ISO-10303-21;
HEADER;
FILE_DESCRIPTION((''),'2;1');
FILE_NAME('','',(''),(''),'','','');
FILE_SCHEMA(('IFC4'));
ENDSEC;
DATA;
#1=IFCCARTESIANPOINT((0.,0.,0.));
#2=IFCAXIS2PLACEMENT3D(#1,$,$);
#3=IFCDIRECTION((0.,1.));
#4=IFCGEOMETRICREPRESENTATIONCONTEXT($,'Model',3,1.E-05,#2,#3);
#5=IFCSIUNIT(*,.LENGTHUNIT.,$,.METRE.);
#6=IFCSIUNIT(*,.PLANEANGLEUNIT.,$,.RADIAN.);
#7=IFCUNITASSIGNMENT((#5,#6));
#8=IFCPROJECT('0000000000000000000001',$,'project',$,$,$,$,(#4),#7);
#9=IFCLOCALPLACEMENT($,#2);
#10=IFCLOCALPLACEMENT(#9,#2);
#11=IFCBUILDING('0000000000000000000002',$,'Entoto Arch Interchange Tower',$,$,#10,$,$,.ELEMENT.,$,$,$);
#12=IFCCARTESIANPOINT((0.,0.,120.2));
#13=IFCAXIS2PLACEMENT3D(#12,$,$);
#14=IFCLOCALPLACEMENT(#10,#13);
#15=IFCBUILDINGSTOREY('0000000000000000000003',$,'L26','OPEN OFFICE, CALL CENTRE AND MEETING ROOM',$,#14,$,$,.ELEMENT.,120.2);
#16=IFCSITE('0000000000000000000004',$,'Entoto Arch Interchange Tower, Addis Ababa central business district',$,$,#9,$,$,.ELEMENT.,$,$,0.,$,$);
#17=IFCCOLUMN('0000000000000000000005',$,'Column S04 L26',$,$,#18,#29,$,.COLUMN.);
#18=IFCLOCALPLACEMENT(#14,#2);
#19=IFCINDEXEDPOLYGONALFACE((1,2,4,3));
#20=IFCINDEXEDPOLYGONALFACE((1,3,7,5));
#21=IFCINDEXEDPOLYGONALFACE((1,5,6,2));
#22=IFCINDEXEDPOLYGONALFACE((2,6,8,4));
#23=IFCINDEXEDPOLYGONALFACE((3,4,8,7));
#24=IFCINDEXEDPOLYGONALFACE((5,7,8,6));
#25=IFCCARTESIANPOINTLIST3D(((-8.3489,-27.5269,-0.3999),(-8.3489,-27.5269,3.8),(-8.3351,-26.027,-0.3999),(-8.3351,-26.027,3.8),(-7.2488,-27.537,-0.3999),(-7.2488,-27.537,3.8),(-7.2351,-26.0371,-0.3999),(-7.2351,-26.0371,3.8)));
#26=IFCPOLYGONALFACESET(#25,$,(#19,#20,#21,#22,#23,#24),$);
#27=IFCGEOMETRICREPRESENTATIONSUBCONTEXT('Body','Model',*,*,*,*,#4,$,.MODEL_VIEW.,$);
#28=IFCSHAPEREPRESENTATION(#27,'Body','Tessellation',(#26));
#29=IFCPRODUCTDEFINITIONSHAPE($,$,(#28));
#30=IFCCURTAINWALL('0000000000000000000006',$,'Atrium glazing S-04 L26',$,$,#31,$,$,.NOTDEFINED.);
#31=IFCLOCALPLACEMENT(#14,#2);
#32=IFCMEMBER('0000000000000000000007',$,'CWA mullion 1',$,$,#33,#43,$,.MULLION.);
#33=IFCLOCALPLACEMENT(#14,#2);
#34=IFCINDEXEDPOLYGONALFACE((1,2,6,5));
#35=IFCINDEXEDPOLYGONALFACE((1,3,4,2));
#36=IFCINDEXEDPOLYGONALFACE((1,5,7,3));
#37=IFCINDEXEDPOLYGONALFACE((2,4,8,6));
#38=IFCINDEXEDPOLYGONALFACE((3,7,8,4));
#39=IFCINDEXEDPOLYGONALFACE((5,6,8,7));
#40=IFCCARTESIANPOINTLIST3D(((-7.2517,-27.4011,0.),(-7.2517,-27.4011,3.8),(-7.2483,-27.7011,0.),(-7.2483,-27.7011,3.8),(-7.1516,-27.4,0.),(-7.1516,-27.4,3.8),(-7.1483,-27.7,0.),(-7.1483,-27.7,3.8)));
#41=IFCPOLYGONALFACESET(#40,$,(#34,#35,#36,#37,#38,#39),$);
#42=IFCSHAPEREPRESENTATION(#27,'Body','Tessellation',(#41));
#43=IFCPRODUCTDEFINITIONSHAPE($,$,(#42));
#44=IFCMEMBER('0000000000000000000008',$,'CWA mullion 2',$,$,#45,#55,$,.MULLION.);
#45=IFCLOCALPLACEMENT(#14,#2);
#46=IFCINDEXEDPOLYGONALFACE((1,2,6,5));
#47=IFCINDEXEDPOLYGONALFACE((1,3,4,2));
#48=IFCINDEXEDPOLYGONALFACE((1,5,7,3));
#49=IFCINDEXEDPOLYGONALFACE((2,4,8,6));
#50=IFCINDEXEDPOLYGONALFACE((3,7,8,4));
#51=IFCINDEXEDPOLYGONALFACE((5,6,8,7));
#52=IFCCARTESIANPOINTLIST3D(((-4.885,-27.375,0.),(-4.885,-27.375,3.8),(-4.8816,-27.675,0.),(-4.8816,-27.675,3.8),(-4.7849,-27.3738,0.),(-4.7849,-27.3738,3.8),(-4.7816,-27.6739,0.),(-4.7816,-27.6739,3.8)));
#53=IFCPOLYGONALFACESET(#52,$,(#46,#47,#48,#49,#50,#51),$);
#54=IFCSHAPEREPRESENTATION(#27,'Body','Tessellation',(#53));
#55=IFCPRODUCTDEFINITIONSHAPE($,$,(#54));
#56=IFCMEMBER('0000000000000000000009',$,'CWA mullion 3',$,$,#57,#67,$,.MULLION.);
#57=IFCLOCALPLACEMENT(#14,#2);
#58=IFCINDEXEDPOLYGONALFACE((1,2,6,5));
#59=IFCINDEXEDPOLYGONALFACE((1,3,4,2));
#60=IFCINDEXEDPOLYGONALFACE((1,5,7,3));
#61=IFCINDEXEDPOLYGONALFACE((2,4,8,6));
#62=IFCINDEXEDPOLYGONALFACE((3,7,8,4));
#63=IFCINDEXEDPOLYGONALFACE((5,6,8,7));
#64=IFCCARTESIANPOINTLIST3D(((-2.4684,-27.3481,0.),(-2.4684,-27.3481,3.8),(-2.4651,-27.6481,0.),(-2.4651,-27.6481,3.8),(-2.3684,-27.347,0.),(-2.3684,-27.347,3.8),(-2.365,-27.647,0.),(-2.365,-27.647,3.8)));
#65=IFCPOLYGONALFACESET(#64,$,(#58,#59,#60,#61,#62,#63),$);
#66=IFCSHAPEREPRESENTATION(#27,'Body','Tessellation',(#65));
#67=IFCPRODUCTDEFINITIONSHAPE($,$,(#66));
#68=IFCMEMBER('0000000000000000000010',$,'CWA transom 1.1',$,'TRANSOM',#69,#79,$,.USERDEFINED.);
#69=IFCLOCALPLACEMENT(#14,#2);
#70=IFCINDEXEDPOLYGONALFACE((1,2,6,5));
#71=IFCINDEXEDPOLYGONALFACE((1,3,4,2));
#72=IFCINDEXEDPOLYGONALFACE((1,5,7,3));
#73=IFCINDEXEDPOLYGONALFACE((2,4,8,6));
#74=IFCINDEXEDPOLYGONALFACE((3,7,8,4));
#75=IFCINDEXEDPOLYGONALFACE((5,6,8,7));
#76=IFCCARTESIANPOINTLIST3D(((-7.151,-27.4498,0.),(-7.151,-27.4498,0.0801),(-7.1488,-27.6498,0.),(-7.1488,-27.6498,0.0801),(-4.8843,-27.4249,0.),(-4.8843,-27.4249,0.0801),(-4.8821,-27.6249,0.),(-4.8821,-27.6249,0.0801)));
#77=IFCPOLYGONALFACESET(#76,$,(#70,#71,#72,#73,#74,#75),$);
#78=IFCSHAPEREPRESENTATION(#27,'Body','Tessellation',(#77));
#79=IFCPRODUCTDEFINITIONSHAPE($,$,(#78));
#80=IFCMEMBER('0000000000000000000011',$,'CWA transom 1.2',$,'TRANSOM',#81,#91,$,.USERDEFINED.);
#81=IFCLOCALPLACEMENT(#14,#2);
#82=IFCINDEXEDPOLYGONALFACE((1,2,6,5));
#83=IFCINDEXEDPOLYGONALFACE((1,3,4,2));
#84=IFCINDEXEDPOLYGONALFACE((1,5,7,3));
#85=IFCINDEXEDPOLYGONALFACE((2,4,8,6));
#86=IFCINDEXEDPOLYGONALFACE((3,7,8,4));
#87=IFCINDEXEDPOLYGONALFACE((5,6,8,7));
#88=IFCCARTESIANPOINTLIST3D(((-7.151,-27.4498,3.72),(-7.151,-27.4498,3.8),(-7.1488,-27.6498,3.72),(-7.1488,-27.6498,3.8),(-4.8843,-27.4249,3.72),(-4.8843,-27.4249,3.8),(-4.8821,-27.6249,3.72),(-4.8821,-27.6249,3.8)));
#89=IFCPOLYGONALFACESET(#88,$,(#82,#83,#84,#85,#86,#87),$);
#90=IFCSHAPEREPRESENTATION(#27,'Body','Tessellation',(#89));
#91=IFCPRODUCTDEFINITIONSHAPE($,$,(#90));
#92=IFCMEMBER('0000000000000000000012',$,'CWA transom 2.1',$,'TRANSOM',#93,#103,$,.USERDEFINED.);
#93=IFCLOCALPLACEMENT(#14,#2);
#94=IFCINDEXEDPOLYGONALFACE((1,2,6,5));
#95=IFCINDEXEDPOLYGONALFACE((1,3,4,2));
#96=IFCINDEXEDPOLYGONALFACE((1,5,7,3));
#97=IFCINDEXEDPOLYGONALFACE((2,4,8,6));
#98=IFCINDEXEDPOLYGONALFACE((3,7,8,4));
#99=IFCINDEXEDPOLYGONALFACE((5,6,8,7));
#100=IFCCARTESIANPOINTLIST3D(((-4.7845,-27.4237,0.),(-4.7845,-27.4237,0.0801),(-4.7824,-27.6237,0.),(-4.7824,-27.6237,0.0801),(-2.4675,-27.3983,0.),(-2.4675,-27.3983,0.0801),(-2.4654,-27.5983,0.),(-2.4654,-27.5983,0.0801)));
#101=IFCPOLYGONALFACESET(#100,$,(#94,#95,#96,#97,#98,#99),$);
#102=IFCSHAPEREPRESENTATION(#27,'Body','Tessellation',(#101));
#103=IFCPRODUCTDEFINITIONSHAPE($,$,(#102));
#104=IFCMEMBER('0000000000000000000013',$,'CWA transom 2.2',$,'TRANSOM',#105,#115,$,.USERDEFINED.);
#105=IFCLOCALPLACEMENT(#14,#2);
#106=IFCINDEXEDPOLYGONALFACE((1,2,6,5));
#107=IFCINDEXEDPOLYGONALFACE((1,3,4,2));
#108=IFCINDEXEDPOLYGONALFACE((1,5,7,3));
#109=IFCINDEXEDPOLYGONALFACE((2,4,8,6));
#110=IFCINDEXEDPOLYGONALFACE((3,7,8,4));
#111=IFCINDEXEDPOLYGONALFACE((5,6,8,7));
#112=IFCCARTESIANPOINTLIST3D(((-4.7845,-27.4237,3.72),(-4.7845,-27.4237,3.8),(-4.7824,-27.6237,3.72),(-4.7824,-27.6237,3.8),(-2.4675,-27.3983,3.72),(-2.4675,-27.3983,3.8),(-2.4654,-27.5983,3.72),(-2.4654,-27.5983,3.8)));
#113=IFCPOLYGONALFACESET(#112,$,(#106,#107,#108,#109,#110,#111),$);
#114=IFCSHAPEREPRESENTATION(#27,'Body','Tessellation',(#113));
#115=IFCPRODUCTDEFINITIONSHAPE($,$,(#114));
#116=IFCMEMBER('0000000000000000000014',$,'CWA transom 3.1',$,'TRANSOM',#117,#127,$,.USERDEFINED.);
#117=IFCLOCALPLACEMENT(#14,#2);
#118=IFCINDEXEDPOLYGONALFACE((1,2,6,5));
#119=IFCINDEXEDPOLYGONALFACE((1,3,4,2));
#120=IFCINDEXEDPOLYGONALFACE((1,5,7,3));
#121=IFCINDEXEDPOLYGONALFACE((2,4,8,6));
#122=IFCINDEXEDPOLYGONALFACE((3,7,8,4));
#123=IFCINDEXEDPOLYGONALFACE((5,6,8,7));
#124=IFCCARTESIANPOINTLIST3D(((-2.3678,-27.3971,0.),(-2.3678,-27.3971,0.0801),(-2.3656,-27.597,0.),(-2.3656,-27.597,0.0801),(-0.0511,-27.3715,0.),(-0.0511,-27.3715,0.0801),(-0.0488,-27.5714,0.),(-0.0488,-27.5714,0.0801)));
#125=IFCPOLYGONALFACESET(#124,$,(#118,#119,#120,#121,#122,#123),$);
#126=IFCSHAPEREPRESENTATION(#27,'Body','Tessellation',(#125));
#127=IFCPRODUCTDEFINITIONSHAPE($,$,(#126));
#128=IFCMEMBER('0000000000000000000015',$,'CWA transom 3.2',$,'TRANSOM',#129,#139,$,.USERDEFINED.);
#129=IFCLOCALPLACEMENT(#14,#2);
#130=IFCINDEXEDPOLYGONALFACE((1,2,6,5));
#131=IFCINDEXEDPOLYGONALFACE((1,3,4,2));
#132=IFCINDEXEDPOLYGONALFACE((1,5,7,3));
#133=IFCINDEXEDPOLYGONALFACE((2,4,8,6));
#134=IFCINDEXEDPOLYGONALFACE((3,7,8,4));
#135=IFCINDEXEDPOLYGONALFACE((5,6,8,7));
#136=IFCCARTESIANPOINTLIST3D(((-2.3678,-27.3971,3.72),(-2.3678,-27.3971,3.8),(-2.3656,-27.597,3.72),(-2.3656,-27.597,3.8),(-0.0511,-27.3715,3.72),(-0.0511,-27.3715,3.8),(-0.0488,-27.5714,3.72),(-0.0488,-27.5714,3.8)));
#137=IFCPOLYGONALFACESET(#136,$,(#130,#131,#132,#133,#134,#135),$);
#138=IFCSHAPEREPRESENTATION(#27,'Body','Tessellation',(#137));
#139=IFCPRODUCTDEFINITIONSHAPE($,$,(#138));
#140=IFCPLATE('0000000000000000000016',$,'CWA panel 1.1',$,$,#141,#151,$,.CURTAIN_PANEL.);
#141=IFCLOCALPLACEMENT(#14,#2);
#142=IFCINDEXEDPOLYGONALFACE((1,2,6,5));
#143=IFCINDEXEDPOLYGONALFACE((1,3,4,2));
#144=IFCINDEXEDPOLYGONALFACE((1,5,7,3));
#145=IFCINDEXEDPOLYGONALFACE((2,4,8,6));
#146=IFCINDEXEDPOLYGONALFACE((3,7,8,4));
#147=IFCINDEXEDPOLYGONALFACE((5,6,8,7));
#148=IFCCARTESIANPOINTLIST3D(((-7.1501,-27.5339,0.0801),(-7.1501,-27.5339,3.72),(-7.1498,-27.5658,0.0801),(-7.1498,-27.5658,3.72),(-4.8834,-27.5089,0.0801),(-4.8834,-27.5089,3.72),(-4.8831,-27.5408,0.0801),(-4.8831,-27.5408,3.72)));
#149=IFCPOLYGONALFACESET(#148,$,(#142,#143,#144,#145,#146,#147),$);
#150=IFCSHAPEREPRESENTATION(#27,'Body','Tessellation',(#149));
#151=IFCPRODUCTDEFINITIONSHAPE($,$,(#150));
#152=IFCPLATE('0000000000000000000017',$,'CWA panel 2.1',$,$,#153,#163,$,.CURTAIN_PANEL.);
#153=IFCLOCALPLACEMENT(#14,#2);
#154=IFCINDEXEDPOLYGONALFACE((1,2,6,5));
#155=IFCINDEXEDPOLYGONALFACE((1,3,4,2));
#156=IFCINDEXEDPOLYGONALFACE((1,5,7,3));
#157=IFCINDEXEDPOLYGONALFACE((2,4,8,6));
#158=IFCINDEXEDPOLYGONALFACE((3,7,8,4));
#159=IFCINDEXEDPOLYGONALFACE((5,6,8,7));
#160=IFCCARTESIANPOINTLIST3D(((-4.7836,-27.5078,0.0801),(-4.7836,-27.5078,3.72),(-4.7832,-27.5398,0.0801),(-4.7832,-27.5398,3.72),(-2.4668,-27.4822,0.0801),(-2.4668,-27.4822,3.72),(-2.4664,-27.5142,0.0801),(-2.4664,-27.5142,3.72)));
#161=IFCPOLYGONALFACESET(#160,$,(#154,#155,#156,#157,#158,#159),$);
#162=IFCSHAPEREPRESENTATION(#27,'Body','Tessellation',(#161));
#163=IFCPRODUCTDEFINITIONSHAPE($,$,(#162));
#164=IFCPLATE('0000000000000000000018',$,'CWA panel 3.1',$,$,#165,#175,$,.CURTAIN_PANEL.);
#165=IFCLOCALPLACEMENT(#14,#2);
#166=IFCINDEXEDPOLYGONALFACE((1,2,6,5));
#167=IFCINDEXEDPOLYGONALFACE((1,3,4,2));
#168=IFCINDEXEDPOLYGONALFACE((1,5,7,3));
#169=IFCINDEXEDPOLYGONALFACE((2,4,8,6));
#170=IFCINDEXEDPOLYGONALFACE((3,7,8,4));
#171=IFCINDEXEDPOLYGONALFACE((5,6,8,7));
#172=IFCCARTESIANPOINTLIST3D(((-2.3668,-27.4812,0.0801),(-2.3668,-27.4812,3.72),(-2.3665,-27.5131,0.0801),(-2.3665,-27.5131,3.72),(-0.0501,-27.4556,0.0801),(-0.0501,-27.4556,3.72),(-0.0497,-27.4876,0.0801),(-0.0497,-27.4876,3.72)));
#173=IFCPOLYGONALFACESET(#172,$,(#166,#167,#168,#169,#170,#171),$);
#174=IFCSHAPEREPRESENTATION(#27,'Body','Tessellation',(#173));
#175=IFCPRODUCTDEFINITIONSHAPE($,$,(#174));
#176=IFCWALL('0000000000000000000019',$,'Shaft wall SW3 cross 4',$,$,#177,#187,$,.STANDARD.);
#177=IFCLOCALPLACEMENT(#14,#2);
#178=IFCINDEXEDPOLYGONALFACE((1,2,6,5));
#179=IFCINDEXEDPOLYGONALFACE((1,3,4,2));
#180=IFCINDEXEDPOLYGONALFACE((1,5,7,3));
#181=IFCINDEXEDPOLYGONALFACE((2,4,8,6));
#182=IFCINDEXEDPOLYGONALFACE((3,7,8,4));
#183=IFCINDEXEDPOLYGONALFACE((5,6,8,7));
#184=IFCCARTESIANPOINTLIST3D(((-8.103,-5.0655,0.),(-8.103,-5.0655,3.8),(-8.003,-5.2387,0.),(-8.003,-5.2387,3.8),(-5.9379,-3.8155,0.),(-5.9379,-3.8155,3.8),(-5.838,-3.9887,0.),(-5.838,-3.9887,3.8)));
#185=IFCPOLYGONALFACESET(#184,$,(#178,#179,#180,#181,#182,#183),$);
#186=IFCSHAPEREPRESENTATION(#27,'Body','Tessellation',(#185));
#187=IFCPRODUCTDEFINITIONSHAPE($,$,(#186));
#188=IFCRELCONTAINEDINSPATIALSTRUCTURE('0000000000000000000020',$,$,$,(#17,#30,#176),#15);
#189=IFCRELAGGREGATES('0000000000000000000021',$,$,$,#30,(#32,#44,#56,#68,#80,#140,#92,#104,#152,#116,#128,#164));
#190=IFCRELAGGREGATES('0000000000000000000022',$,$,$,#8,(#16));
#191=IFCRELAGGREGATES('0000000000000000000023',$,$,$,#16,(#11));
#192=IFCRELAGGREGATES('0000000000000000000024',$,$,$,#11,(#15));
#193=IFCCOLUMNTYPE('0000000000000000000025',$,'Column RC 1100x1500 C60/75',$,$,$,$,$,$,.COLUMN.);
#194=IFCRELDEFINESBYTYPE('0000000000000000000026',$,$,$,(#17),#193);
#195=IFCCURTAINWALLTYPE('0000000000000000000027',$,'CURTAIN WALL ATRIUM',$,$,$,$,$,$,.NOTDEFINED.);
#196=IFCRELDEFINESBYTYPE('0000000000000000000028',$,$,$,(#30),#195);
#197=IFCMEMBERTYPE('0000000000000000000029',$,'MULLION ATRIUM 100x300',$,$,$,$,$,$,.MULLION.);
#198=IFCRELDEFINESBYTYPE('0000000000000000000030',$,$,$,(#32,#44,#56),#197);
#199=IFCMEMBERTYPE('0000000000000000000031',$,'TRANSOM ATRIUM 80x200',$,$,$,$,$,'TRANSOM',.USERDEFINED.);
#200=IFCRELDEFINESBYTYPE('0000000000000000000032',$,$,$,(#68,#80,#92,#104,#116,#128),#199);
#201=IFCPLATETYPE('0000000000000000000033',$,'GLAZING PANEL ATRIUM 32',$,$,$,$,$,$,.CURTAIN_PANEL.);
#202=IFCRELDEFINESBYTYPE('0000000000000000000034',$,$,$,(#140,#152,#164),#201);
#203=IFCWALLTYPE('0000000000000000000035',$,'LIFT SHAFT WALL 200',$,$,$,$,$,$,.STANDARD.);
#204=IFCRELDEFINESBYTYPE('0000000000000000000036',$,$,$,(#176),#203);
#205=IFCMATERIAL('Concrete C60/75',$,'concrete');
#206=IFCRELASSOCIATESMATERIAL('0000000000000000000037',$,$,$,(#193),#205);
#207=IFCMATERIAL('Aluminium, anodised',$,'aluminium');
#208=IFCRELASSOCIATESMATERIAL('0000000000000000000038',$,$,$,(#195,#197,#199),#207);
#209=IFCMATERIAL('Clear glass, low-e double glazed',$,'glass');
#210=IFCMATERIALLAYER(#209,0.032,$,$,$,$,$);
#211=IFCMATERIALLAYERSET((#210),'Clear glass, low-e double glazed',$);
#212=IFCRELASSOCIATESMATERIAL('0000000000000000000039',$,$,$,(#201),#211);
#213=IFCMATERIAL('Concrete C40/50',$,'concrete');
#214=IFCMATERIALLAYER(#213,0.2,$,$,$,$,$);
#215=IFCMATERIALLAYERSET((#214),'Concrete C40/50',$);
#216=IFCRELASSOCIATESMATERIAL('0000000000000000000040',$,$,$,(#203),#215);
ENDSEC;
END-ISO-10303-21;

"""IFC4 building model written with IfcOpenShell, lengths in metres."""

from ifc_helpers import new_model, si_unit, direction, frame, frame_2d, origin, origin_2d, place, context, subcontext, project, spatial, rectangle, extrude, material, layer, layer_set, material_profile, profile_set, type_object, element, aggregate, save


model = new_model("IFC4")

# Units and contexts
model_context = context("Model", 3, precision=1e-05, world=origin(), true_north=direction((0.0, 1.0)))
body_context = subcontext(model_context, "Body", "Model", "MODEL_VIEW")
ifc_project = project(units=[si_unit("LENGTHUNIT", "METRE"), si_unit("PLANEANGLEUNIT", "RADIAN")], contexts=[model_context])

# Site, building, storey
site_placement = place(None, origin())
site = spatial("IfcSite", under=ifc_project, at=site_placement, Name="Entoto Arch Interchange Tower, Addis Ababa central business district", CompositionType="ELEMENT", RefElevation=0.0)
building_placement = place(site_placement, origin())
building = spatial("IfcBuilding", under=site, at=building_placement, Name="Entoto Arch Interchange Tower", CompositionType="ELEMENT")
storey_placement = place(building_placement, frame((0.0, 0.0, 120.2)))
storey = spatial("IfcBuildingStorey", under=building, at=storey_placement, Name="L26", Description="OPEN OFFICE, CALL CENTRE AND MEETING ROOM", CompositionType="ELEMENT", Elevation=120.2)

# Column
ifc_material_1 = material(Name="Concrete C60/75", Category="concrete")
ifc_material_profile_1 = material_profile(ifc_material_1, rectangle(XDim=1.1001, YDim=1.5, at=origin_2d()))
ifc_profile_set_1 = profile_set([ifc_material_profile_1], Name="Concrete C60/75")
column_type = type_object("IfcColumnType", Name="Column RC 1100x1500 C60/75", PredefinedType="COLUMN", material=ifc_profile_set_1)
column_placement = place(storey_placement, frame((-7.792, -26.782, -0.3999), z_axis=(0.0, 0.0, 1.0), x_axis=(-0.999958, 0.009163, 0.0)))
element("IfcColumn", 1, at=column_placement, inside=storey, type_object=column_type, Name="Column S04 L26", PredefinedType="COLUMN", context=body_context, shape_type="SweptSolid", body=[
    extrude(rectangle(XDim=1.1001, YDim=1.5, at=origin_2d()), origin(), (0.0, 0.0, 1.0), 4.2),
])

# Curtain wall, members, plates
ifc_material_2 = material(Name="Aluminium, anodised", Category="aluminium")
curtain_wall_type = type_object("IfcCurtainWallType", Name="CURTAIN WALL ATRIUM", PredefinedType="NOTDEFINED", material=ifc_material_2)
curtain_wall_placement = place(storey_placement, origin())
curtain_wall = element("IfcCurtainWall", 2, at=curtain_wall_placement, inside=storey, type_object=curtain_wall_type, Name="Atrium glazing S-04 L26", PredefinedType="NOTDEFINED")
ifc_material_profile_2 = material_profile(ifc_material_2, rectangle(XDim=0.3, YDim=0.1001, at=origin_2d()))
ifc_profile_set_2 = profile_set([ifc_material_profile_2], Name="Aluminium, anodised")
member_type_1 = type_object("IfcMemberType", Name="MULLION ATRIUM 100x300", PredefinedType="MULLION", material=ifc_profile_set_2)
member_1_placement = place(storey_placement, frame((-7.2, -27.5505, 0.0), z_axis=(0.0, 0.0, 1.0), x_axis=(-0.011034, 0.999939, 0.0)))
member_1 = element("IfcMember", 3, at=member_1_placement, type_object=member_type_1, Name="CWA mullion 1", PredefinedType="MULLION", context=body_context, shape_type="SweptSolid", body=[
    extrude(rectangle(XDim=0.3, YDim=0.1001, at=origin_2d()), origin(), (0.0, 0.0, 1.0), 3.8),
])
member_2_placement = place(storey_placement, frame((-4.8333, -27.5244, 0.0), z_axis=(0.0, 0.0, 1.0), x_axis=(-0.011034, 0.999939, 0.0)))
member_2 = element("IfcMember", 4, at=member_2_placement, type_object=member_type_1, Name="CWA mullion 2", PredefinedType="MULLION", context=body_context, shape_type="SweptSolid", body=[
    extrude(rectangle(XDim=0.3, YDim=0.1001, at=origin_2d()), origin(), (0.0, 0.0, 1.0), 3.8),
])
member_3_placement = place(storey_placement, frame((-2.4167, -27.4976, 0.0), z_axis=(0.0, 0.0, 1.0), x_axis=(-0.011034, 0.999939, 0.0)))
member_3 = element("IfcMember", 5, at=member_3_placement, type_object=member_type_1, Name="CWA mullion 3", PredefinedType="MULLION", context=body_context, shape_type="SweptSolid", body=[
    extrude(rectangle(XDim=0.3, YDim=0.1001, at=origin_2d()), origin(), (0.0, 0.0, 1.0), 3.8),
])
ifc_material_profile_3 = material_profile(ifc_material_2, rectangle(XDim=0.2, YDim=0.0801, at=origin_2d()))
ifc_profile_set_3 = profile_set([ifc_material_profile_3], Name="Aluminium, anodised")
member_type_2 = type_object("IfcMemberType", Name="TRANSOM ATRIUM 80x200", ElementType="TRANSOM", PredefinedType="USERDEFINED", material=ifc_profile_set_3)
member_4_placement = place(storey_placement, frame((-7.1499, -27.5498, 0.04), z_axis=(0.99994, 0.010986, 0.0), x_axis=(-0.010986, 0.99994, 0.0)))
member_4 = element("IfcMember", 6, at=member_4_placement, type_object=member_type_2, Name="CWA transom 1.1", ObjectType="TRANSOM", PredefinedType="USERDEFINED", context=body_context, shape_type="SweptSolid", body=[
    extrude(rectangle(XDim=0.2, YDim=0.0801, at=origin_2d()), origin(), (0.0, 0.0, 1.0), 2.2668),
])
member_5_placement = place(storey_placement, frame((-7.1499, -27.5498, 3.76), z_axis=(0.99994, 0.010986, 0.0), x_axis=(-0.010986, 0.99994, 0.0)))
member_5 = element("IfcMember", 7, at=member_5_placement, type_object=member_type_2, Name="CWA transom 1.2", ObjectType="TRANSOM", PredefinedType="USERDEFINED", context=body_context, shape_type="SweptSolid", body=[
    extrude(rectangle(XDim=0.2, YDim=0.0801, at=origin_2d()), origin(), (0.0, 0.0, 1.0), 2.2668),
])
member_6_placement = place(storey_placement, frame((-4.7834, -27.5237, 0.04), z_axis=(0.99994, 0.010958, 0.0), x_axis=(-0.010958, 0.99994, 0.0)))
member_6 = element("IfcMember", 8, at=member_6_placement, type_object=member_type_2, Name="CWA transom 2.1", ObjectType="TRANSOM", PredefinedType="USERDEFINED", context=body_context, shape_type="SweptSolid", body=[
    extrude(rectangle(XDim=0.2, YDim=0.0801, at=origin_2d()), origin(), (0.0, 0.0, 1.0), 2.3171),
])
member_7_placement = place(storey_placement, frame((-4.7834, -27.5237, 3.76), z_axis=(0.99994, 0.010958, 0.0), x_axis=(-0.010958, 0.99994, 0.0)))
member_7 = element("IfcMember", 9, at=member_7_placement, type_object=member_type_2, Name="CWA transom 2.2", ObjectType="TRANSOM", PredefinedType="USERDEFINED", context=body_context, shape_type="SweptSolid", body=[
    extrude(rectangle(XDim=0.2, YDim=0.0801, at=origin_2d()), origin(), (0.0, 0.0, 1.0), 2.3171),
])
member_8_placement = place(storey_placement, frame((-2.3667, -27.4971, 0.04), z_axis=(0.999939, 0.011065, 0.0), x_axis=(-0.011065, 0.999939, 0.0)))
member_8 = element("IfcMember", 10, at=member_8_placement, type_object=member_type_2, Name="CWA transom 3.1", ObjectType="TRANSOM", PredefinedType="USERDEFINED", context=body_context, shape_type="SweptSolid", body=[
    extrude(rectangle(XDim=0.2, YDim=0.0801, at=origin_2d()), origin(), (0.0, 0.0, 1.0), 2.3169),
])
member_9_placement = place(storey_placement, frame((-2.3667, -27.4971, 3.76), z_axis=(0.999939, 0.011065, 0.0), x_axis=(-0.011065, 0.999939, 0.0)))
member_9 = element("IfcMember", 11, at=member_9_placement, type_object=member_type_2, Name="CWA transom 3.2", ObjectType="TRANSOM", PredefinedType="USERDEFINED", context=body_context, shape_type="SweptSolid", body=[
    extrude(rectangle(XDim=0.2, YDim=0.0801, at=origin_2d()), origin(), (0.0, 0.0, 1.0), 2.3169),
])
ifc_material_3 = material(Name="Clear glass, low-e double glazed", Category="glass")
ifc_layer_1 = layer(ifc_material_3, 0.032)
ifc_layer_set_1 = layer_set([ifc_layer_1], Name="Clear glass, low-e double glazed")
plate_type = type_object("IfcPlateType", Name="GLAZING PANEL ATRIUM 32", PredefinedType="CURTAIN_PANEL", material=ifc_layer_set_1)
plate_1_placement = place(storey_placement, frame((-6.0166, -27.5374, 0.0801), z_axis=(0.0, 0.0, 1.0), x_axis=(0.999939, 0.011034, 0.0)))
plate_1 = element("IfcPlate", 12, at=plate_1_placement, type_object=plate_type, Name="CWA panel 1.1", PredefinedType="CURTAIN_PANEL", context=body_context, shape_type="SweptSolid", body=[
    extrude(rectangle(XDim=2.2668, YDim=0.032, at=origin_2d()), origin(), (0.0, 0.0, 1.0), 3.6399),
])
plate_2_placement = place(storey_placement, frame((-3.625, -27.511, 0.0801), z_axis=(0.0, 0.0, 1.0), x_axis=(0.999939, 0.011034, 0.0)))
plate_2 = element("IfcPlate", 13, at=plate_2_placement, type_object=plate_type, Name="CWA panel 2.1", PredefinedType="CURTAIN_PANEL", context=body_context, shape_type="SweptSolid", body=[
    extrude(rectangle(XDim=2.3169, YDim=0.032, at=origin_2d()), origin(), (0.0, 0.0, 1.0), 3.6399),
])
plate_3_placement = place(storey_placement, frame((-1.2083, -27.4844, 0.0801), z_axis=(0.0, 0.0, 1.0), x_axis=(0.999939, 0.011034, 0.0)))
plate_3 = element("IfcPlate", 14, at=plate_3_placement, type_object=plate_type, Name="CWA panel 3.1", PredefinedType="CURTAIN_PANEL", context=body_context, shape_type="SweptSolid", body=[
    extrude(rectangle(XDim=2.3169, YDim=0.032, at=origin_2d()), origin(), (0.0, 0.0, 1.0), 3.6399),
])
aggregate(curtain_wall, [member_1, member_2, member_3, member_4, member_5, plate_1, member_6, member_7, plate_2, member_8, member_9, plate_3])

# Wall
ifc_material_4 = material(Name="Concrete C40/50", Category="concrete")
ifc_layer_2 = layer(ifc_material_4, 0.2)
ifc_layer_set_2 = layer_set([ifc_layer_2], Name="Concrete C40/50")
wall_type_1 = type_object("IfcWallType", Name="LIFT SHAFT WALL 200", PredefinedType="STANDARD", material=ifc_layer_set_2)
for number, where, z_axis, x_axis, name in (
    (15, (-5.8879, -3.9021, 0.0), (0.0, 0.0, 1.0), (-0.866023, -0.500004, 0.0), "Shaft wall SW3 cross 4"),
):
    element("IfcWall", number, at=place(storey_placement, frame(where, z_axis=z_axis, x_axis=x_axis)), inside=storey, type_object=wall_type_1, Name=name, PredefinedType="STANDARD", context=body_context, shape_type="SweptSolid", body=[
        extrude(rectangle(XDim=2.5, YDim=0.2, at=frame_2d((1.25, 0.0))), origin(), (0.0, 0.0, 1.0), 3.8),
    ])

save(model, "model.ifc")
